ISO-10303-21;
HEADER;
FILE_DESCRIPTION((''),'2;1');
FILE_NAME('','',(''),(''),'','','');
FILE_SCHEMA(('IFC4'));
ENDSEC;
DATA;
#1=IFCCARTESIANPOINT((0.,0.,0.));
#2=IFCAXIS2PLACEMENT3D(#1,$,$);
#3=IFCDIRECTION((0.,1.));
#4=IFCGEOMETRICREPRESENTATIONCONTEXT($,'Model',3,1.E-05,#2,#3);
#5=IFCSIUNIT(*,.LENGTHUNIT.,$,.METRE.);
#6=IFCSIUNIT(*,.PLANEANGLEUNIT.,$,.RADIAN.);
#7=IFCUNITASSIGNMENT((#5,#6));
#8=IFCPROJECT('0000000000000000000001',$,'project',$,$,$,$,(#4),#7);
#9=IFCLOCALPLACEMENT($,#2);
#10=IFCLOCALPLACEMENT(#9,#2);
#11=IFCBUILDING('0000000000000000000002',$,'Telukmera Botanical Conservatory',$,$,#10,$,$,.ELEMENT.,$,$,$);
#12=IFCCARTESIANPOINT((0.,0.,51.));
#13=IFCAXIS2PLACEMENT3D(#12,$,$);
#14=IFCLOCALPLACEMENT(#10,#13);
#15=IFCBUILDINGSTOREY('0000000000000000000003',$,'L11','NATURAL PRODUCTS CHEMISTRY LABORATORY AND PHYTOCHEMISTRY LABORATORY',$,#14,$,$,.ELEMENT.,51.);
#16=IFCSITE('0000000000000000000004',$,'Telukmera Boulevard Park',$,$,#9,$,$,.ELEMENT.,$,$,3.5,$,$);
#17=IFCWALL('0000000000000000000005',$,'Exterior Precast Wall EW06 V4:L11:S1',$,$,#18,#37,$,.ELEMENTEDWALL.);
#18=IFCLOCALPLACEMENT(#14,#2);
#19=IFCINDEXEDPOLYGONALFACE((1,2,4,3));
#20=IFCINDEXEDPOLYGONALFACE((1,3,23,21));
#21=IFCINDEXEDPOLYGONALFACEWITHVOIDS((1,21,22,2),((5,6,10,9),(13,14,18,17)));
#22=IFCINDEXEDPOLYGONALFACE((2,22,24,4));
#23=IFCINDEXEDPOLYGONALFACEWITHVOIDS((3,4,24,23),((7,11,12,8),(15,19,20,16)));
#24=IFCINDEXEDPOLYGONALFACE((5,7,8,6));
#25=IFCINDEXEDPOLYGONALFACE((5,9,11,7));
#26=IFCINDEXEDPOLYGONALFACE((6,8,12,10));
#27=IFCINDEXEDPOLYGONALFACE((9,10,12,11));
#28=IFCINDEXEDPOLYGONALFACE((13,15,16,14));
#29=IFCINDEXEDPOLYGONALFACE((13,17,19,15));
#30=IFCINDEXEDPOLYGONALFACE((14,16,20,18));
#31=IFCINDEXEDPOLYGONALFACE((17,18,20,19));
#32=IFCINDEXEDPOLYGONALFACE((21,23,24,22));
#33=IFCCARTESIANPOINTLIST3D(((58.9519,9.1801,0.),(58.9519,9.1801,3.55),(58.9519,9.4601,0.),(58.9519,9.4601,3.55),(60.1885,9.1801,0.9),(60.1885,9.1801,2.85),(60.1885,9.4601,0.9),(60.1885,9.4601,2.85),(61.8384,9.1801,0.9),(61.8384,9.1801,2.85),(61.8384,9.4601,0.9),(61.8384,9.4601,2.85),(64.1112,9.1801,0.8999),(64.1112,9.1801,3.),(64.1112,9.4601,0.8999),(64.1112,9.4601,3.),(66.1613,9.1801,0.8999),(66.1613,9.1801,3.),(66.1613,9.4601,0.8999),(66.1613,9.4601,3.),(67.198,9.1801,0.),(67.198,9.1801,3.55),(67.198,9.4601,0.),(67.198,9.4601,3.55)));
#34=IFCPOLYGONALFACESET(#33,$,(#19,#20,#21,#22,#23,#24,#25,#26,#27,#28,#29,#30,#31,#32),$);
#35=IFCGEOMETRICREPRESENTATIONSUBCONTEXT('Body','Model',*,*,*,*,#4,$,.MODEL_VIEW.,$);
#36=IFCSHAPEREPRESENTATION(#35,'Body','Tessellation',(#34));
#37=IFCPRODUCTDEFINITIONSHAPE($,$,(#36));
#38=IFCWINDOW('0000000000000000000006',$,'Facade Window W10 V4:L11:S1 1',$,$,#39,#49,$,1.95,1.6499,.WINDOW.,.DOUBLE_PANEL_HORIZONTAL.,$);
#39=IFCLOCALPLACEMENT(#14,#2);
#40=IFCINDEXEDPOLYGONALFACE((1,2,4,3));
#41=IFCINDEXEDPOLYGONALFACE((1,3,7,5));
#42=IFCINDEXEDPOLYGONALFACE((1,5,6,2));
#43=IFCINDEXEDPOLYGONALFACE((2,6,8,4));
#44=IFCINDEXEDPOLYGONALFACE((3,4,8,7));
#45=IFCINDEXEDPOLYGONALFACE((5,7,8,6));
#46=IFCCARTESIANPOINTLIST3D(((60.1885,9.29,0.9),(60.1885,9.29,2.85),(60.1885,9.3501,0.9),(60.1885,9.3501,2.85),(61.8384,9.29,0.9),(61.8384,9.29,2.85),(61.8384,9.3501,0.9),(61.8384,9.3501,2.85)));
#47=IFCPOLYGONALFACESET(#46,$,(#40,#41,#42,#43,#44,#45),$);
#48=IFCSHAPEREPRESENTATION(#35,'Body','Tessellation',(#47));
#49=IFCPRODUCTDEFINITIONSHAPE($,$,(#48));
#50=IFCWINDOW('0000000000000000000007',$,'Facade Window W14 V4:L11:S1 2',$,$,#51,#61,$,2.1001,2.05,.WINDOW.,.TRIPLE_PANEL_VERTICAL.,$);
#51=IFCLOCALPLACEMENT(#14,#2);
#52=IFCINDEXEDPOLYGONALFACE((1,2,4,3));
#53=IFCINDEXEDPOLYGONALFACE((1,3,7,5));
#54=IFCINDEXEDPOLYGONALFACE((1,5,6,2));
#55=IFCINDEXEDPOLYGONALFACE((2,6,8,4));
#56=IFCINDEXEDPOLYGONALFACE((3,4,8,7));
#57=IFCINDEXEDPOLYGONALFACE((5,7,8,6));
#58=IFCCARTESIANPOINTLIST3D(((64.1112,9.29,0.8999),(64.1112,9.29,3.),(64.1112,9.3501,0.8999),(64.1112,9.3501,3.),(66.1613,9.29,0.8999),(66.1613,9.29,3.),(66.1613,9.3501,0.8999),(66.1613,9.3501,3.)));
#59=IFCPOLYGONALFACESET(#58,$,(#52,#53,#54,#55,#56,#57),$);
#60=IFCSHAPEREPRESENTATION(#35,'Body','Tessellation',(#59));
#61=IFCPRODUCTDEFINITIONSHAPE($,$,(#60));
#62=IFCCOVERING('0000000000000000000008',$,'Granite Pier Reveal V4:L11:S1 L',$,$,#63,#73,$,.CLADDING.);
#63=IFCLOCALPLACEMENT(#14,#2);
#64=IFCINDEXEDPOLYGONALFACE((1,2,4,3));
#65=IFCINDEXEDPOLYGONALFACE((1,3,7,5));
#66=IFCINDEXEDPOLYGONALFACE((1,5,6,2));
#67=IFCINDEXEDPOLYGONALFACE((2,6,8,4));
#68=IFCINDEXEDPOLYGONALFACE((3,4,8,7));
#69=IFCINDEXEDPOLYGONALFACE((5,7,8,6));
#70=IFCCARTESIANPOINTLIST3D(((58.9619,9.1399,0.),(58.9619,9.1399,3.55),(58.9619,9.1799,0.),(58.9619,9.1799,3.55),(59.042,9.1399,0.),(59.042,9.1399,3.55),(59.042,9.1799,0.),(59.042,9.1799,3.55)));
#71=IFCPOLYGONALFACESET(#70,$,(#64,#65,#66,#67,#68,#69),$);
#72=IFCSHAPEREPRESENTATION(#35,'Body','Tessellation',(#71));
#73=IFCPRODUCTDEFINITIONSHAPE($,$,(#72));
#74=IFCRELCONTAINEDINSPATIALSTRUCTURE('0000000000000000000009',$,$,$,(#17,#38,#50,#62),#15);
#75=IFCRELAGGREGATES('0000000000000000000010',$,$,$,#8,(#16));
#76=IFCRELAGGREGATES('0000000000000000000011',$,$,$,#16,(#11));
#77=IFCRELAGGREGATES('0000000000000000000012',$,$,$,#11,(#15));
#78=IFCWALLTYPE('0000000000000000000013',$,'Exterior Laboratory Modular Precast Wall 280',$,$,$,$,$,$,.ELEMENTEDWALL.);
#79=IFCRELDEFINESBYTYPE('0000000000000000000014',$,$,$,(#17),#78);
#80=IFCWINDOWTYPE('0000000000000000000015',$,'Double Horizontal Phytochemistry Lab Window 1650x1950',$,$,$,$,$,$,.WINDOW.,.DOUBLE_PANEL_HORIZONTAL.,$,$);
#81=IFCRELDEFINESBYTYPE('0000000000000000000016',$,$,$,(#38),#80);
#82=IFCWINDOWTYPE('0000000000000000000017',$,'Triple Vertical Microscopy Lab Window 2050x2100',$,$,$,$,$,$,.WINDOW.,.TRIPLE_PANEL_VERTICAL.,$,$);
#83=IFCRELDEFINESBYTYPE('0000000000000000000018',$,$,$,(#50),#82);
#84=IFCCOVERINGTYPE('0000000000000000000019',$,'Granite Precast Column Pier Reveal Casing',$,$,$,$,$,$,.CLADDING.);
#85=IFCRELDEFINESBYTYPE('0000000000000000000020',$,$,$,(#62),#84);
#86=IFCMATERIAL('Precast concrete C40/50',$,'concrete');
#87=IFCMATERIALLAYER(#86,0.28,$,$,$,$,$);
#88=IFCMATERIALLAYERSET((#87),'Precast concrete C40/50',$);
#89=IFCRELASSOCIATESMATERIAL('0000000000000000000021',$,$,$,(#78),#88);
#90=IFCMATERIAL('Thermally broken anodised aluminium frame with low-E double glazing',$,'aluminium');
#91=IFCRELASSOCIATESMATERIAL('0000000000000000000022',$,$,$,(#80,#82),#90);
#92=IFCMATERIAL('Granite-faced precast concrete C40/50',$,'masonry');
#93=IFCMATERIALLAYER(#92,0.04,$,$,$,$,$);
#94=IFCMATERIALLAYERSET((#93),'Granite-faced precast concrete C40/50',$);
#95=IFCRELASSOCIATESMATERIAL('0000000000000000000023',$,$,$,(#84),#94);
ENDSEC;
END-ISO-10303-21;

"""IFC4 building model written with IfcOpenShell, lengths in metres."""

from ifc_helpers import new_model, si_unit, direction, frame, frame_2d, origin, origin_2d, place, context, subcontext, project, spatial, rectangle, extrude, material, layer, layer_set, type_object, element, fill, save


model = new_model("IFC4")

# Units and contexts
model_context = context("Model", 3, precision=1e-05, world=origin(), true_north=direction((0.0, 1.0)))
body_context = subcontext(model_context, "Body", "Model", "MODEL_VIEW")
ifc_project = project(units=[si_unit("LENGTHUNIT", "METRE"), si_unit("PLANEANGLEUNIT", "RADIAN")], contexts=[model_context])

# Site, building, storey
site_placement = place(None, origin())
site = spatial("IfcSite", under=ifc_project, at=site_placement, Name="Telukmera Boulevard Park", CompositionType="ELEMENT", RefElevation=3.5)
building_placement = place(site_placement, origin())
building = spatial("IfcBuilding", under=site, at=building_placement, Name="Telukmera Botanical Conservatory", CompositionType="ELEMENT")
storey_placement = place(building_placement, frame((0.0, 0.0, 51.0)))
storey = spatial("IfcBuildingStorey", under=building, at=storey_placement, Name="L11", Description="NATURAL PRODUCTS CHEMISTRY LABORATORY AND PHYTOCHEMISTRY LABORATORY", CompositionType="ELEMENT", Elevation=51.0)

# Shared definitions
ifc_material_1 = material(Name="Precast concrete C40/50", Category="concrete")

# Wall, openings, windows
ifc_layer_1 = layer(ifc_material_1, 0.28)
ifc_layer_set_1 = layer_set([ifc_layer_1], Name="Precast concrete C40/50")
wall_type = type_object("IfcWallType", Name="Exterior Laboratory Modular Precast Wall 280", PredefinedType="ELEMENTEDWALL", material=ifc_layer_set_1)
wall_placement = place(storey_placement, frame((58.9519, 9.3201, 0.0), z_axis=(0.0, 0.0, 1.0), x_axis=(1.0, 0.0, 0.0)))
wall = element("IfcWall", 1, at=wall_placement, inside=storey, type_object=wall_type, Name="Exterior Precast Wall EW06 V4:L11:S1", PredefinedType="ELEMENTEDWALL", context=body_context, shape_type="SweptSolid", body=[
    extrude(rectangle(XDim=8.2461, YDim=0.28, at=frame_2d((4.123, 0.0))), origin(), (0.0, 0.0, 1.0), 3.55),
])
opening_1_placement = place(wall_placement, frame((1.2366, 0.0, 0.8999)))
opening_1 = element("IfcOpeningElement", 2, at=opening_1_placement, cuts=wall, PredefinedType="OPENING", context=body_context, shape_type="SweptSolid", body=[
    extrude(rectangle(XDim=1.6499, YDim=1.95, at=frame_2d((0.825, 0.9751))), frame((0.0, 0.1499, 0.0), z_axis=(0.0, -1.0, 0.0), x_axis=(1.0, 0.0, 0.0)), (0.0, 0.0, 1.0), 0.3),
])
opening_2_placement = place(wall_placement, frame((5.1594, 0.0, 0.8999)))
opening_2 = element("IfcOpeningElement", 3, at=opening_2_placement, cuts=wall, PredefinedType="OPENING", context=body_context, shape_type="SweptSolid", body=[
    extrude(rectangle(XDim=2.05, YDim=2.1001, at=frame_2d((1.0249, 1.05))), frame((0.0, 0.1499, 0.0), z_axis=(0.0, -1.0, 0.0), x_axis=(1.0, 0.0, 0.0)), (0.0, 0.0, 1.0), 0.3),
])
ifc_material_2 = material(Name="Thermally broken anodised aluminium frame with low-E double glazing", Category="aluminium")
window_type_1 = type_object("IfcWindowType", Name="Double Horizontal Phytochemistry Lab Window 1650x1950", PartitioningType="DOUBLE_PANEL_HORIZONTAL", PredefinedType="WINDOW", material=ifc_material_2)
window_1_placement = place(opening_1_placement, origin())
window_1 = element("IfcWindow", 4, at=window_1_placement, inside=storey, type_object=window_type_1, Name="Facade Window W10 V4:L11:S1 1", OverallHeight=1.95, OverallWidth=1.6499, PartitioningType="DOUBLE_PANEL_HORIZONTAL", PredefinedType="WINDOW", context=body_context, shape_type="SweptSolid", body=[
    extrude(rectangle(XDim=1.6499, YDim=1.95, at=frame_2d((0.825, 0.9751))), frame((0.0, 0.03, 0.0), z_axis=(0.0, -1.0, 0.0), x_axis=(1.0, 0.0, 0.0)), (0.0, 0.0, 1.0), 0.0601),
])
fill(opening_1, window_1)
window_type_2 = type_object("IfcWindowType", Name="Triple Vertical Microscopy Lab Window 2050x2100", PartitioningType="TRIPLE_PANEL_VERTICAL", PredefinedType="WINDOW", material=ifc_material_2)
window_2_placement = place(opening_2_placement, origin())
window_2 = element("IfcWindow", 5, at=window_2_placement, inside=storey, type_object=window_type_2, Name="Facade Window W14 V4:L11:S1 2", OverallHeight=2.1001, OverallWidth=2.05, PartitioningType="TRIPLE_PANEL_VERTICAL", PredefinedType="WINDOW", context=body_context, shape_type="SweptSolid", body=[
    extrude(rectangle(XDim=2.05, YDim=2.1001, at=frame_2d((1.0249, 1.05))), frame((0.0, 0.03, 0.0), z_axis=(0.0, -1.0, 0.0), x_axis=(1.0, 0.0, 0.0)), (0.0, 0.0, 1.0), 0.0601),
])
fill(opening_2, window_2)

# Covering
ifc_material_3 = material(Name="Granite-faced precast concrete C40/50", Category="masonry")
ifc_layer_2 = layer(ifc_material_3, 0.04)
ifc_layer_set_2 = layer_set([ifc_layer_2], Name="Granite-faced precast concrete C40/50")
covering_type = type_object("IfcCoveringType", Name="Granite Precast Column Pier Reveal Casing", PredefinedType="CLADDING", material=ifc_layer_set_2)
covering_placement = place(storey_placement, frame((59.002, 9.1599, 0.0), z_axis=(0.0, 0.0, 1.0), x_axis=(1.0, 0.0, 0.0)))
element("IfcCovering", 6, at=covering_placement, inside=storey, type_object=covering_type, Name="Granite Pier Reveal V4:L11:S1 L", PredefinedType="CLADDING", context=body_context, shape_type="SweptSolid", body=[
    extrude(rectangle(XDim=0.0801, YDim=0.04, at=origin_2d()), origin(), (0.0, 0.0, 1.0), 3.55),
])

save(model, "model.ifc")
